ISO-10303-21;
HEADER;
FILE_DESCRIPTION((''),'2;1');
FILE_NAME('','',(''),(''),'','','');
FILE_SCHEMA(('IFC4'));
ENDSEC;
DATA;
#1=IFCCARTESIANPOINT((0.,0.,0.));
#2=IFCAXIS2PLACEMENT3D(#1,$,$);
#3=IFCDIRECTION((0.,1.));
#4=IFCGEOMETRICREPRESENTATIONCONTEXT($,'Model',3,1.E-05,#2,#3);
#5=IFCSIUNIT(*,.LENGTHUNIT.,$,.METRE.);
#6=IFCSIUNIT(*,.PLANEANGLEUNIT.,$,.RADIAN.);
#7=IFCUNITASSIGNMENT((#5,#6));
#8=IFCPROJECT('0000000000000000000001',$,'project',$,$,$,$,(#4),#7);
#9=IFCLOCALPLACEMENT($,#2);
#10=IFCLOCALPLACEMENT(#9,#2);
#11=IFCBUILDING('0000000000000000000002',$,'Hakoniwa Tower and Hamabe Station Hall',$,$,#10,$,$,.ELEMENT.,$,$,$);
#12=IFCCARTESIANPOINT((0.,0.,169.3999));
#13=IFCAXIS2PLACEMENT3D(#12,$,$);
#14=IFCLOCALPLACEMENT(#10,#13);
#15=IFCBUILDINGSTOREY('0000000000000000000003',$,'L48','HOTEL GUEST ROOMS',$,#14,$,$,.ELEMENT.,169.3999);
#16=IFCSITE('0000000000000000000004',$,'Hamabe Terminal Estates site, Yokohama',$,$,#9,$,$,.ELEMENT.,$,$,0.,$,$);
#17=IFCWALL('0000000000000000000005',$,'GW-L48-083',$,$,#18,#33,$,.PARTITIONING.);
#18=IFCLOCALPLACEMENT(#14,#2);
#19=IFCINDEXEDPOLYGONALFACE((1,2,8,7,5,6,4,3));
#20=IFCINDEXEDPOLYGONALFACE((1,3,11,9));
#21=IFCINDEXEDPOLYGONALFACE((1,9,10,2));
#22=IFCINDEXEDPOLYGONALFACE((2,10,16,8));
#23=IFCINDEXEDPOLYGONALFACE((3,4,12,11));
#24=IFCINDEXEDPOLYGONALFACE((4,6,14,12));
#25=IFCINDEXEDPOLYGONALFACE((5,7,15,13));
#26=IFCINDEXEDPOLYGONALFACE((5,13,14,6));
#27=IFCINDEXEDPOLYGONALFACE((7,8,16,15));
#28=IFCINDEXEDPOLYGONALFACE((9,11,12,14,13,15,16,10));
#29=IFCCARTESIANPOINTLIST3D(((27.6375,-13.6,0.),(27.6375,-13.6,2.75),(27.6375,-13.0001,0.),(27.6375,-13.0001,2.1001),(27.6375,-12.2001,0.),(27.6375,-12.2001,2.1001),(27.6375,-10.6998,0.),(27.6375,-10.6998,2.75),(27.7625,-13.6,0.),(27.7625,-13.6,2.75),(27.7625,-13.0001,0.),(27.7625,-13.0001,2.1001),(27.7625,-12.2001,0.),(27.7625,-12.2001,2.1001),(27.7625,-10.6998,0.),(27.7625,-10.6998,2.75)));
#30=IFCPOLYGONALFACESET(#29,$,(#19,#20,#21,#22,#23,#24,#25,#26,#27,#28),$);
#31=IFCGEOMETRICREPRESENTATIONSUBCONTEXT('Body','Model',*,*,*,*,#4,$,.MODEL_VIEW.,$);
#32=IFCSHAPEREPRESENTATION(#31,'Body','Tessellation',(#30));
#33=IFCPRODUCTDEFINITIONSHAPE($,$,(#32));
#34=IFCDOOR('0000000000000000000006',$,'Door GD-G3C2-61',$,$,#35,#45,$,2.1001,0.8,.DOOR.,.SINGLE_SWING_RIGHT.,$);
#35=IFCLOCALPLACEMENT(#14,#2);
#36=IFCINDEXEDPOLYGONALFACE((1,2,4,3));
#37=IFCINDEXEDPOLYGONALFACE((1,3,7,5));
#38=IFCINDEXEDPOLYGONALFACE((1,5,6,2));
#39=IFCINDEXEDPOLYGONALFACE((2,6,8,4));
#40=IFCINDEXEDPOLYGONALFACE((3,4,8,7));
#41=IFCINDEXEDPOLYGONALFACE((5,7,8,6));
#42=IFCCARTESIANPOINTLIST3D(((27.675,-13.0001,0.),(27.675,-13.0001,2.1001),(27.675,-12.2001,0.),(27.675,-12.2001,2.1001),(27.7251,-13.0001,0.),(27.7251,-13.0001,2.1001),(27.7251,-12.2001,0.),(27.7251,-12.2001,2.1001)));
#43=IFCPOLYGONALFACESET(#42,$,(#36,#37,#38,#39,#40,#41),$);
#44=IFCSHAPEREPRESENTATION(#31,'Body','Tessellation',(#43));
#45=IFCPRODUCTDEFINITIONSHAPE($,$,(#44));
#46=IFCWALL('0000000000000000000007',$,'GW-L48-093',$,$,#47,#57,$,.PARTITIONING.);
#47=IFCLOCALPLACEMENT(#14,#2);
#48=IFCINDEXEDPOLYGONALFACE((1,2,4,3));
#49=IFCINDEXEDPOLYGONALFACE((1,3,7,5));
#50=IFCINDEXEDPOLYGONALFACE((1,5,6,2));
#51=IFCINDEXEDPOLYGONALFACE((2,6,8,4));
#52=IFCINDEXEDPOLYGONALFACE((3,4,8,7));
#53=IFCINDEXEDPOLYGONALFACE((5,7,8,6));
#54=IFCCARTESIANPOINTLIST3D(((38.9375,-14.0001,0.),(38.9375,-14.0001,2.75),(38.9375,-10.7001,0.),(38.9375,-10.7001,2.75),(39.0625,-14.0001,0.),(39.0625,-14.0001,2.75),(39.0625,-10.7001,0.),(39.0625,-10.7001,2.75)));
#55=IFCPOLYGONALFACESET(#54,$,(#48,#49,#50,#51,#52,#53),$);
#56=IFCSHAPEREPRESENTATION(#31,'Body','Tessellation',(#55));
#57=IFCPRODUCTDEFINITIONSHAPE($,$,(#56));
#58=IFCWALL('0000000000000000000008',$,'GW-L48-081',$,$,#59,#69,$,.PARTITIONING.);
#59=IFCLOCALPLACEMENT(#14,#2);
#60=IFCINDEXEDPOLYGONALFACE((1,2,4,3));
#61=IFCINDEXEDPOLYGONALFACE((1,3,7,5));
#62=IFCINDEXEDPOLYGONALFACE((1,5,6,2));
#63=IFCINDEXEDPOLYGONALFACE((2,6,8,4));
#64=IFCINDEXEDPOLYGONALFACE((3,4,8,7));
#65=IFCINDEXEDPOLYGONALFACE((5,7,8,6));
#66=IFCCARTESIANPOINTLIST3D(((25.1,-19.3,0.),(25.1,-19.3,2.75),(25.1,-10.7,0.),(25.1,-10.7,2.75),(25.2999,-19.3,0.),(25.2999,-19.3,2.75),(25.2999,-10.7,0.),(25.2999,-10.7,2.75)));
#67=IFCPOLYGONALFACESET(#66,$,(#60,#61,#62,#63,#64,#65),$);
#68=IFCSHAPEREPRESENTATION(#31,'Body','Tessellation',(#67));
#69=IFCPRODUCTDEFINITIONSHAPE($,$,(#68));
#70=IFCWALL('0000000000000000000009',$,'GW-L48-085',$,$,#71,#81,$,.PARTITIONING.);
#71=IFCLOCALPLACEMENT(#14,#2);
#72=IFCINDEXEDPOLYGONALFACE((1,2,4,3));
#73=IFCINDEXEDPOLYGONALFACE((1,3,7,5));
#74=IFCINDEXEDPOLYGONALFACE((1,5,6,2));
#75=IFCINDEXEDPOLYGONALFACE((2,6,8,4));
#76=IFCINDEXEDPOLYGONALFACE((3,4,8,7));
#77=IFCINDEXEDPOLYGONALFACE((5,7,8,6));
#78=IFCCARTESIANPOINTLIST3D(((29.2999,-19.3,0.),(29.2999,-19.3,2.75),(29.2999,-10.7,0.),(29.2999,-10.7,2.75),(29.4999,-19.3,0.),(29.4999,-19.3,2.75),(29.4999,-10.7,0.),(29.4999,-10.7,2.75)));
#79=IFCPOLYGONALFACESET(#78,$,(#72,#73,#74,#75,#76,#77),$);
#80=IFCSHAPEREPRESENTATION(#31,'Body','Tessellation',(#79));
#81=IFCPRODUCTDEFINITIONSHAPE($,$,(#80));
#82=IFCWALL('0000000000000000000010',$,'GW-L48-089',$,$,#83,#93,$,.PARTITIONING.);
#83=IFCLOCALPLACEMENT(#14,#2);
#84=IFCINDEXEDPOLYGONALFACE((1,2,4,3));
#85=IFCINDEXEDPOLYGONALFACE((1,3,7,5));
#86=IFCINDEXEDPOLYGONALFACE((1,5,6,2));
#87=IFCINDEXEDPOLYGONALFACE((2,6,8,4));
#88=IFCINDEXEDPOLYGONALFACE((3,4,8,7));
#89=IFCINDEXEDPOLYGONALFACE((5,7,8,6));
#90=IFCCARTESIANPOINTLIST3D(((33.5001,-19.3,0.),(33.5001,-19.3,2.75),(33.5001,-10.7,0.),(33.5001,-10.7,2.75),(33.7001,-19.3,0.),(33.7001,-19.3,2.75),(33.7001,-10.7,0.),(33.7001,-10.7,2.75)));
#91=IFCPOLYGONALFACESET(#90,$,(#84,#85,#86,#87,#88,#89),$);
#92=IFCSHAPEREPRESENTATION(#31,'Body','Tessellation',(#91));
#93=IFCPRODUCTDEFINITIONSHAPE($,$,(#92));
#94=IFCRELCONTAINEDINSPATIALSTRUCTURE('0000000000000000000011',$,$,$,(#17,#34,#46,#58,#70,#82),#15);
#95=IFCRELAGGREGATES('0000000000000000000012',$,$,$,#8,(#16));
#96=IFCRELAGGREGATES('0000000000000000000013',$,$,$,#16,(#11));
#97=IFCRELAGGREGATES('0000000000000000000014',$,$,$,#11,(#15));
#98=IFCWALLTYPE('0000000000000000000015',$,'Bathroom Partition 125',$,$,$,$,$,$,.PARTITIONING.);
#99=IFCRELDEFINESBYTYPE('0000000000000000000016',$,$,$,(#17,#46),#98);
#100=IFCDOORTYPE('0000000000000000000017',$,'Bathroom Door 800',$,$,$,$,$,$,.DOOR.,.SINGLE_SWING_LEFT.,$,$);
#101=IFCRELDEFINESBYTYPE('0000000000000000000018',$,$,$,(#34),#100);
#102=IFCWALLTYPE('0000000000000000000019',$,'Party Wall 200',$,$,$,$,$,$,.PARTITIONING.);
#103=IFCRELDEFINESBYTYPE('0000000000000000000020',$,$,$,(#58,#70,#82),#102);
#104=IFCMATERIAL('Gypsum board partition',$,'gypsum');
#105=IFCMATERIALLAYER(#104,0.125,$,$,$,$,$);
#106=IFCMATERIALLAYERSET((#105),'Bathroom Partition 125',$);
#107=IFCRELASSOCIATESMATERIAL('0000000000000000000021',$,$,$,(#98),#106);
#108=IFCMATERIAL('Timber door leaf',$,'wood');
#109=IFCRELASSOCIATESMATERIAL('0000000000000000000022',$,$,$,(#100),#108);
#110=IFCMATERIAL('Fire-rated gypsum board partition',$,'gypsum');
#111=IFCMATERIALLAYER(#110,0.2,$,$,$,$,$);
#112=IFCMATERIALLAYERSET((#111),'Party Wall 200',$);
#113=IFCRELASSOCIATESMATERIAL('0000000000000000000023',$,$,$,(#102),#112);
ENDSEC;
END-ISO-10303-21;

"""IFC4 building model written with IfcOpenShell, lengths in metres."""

from ifc_helpers import new_model, si_unit, direction, frame, frame_2d, origin, place, context, subcontext, project, spatial, rectangle, extrude, material, layer, layer_set, type_object, element, fill, save


model = new_model("IFC4")

# Units and contexts
model_context = context("Model", 3, precision=1e-05, world=origin(), true_north=direction((0.0, 1.0)))
body_context = subcontext(model_context, "Body", "Model", "MODEL_VIEW")
ifc_project = project(units=[si_unit("LENGTHUNIT", "METRE"), si_unit("PLANEANGLEUNIT", "RADIAN")], contexts=[model_context])

# Site, building, storey
site_placement = place(None, origin())
site = spatial("IfcSite", under=ifc_project, at=site_placement, Name="Hamabe Terminal Estates site, Yokohama", CompositionType="ELEMENT", RefElevation=0.0)
building_placement = place(site_placement, origin())
building = spatial("IfcBuilding", under=site, at=building_placement, Name="Hakoniwa Tower and Hamabe Station Hall", CompositionType="ELEMENT")
storey_placement = place(building_placement, frame((0.0, 0.0, 169.3999)))
storey = spatial("IfcBuildingStorey", under=building, at=storey_placement, Name="L48", Description="HOTEL GUEST ROOMS", CompositionType="ELEMENT", Elevation=169.3999)

# Shared definitions
ifc_material_1 = material(Name="Gypsum board partition", Category="gypsum")
ifc_layer_1 = layer(ifc_material_1, 0.125)
ifc_layer_set_1 = layer_set([ifc_layer_1], Name="Bathroom Partition 125")
wall_type_1 = type_object("IfcWallType", Name="Bathroom Partition 125", PredefinedType="PARTITIONING", material=ifc_layer_set_1)
ifc_material_2 = material(Name="Timber door leaf", Category="wood")
door_type = type_object("IfcDoorType", Name="Bathroom Door 800", OperationType="SINGLE_SWING_LEFT", PredefinedType="DOOR", material=ifc_material_2)

# Wall, opening, door
wall_1_placement = place(storey_placement, frame((27.7, -13.6001, 0.0), z_axis=(0.0, 0.0, 1.0), x_axis=(0.0, 1.0, 0.0)))
wall_1 = element("IfcWall", 1, at=wall_1_placement, inside=storey, type_object=wall_type_1, Name="GW-L48-083", PredefinedType="PARTITIONING", context=body_context, shape_type="SweptSolid", body=[
    extrude(rectangle(XDim=2.9001, YDim=0.125, at=frame_2d((1.4502, 0.0))), origin(), (0.0, 0.0, 1.0), 2.75),
])
opening_1_placement = place(wall_1_placement, frame((0.6001, 0.0, 0.0)))
opening_1 = element("IfcOpeningElement", 2, at=opening_1_placement, cuts=wall_1, PredefinedType="OPENING", context=body_context, shape_type="SweptSolid", body=[
    extrude(rectangle(XDim=0.8, YDim=2.1001, at=frame_2d((0.3999, 1.05))), frame((0.0, 0.0725, 0.0), z_axis=(0.0, -1.0, 0.0), x_axis=(1.0, 0.0, 0.0)), (0.0, 0.0, 1.0), 0.145),
])
door_1_placement = place(opening_1_placement, origin())
door_1 = element("IfcDoor", 3, at=door_1_placement, inside=storey, type_object=door_type, Name="Door GD-G3C2-61", OperationType="SINGLE_SWING_RIGHT", OverallHeight=2.1001, OverallWidth=0.8, PredefinedType="DOOR", context=body_context, shape_type="SweptSolid", body=[
    extrude(rectangle(XDim=0.8, YDim=2.1001, at=frame_2d((0.3999, 1.05))), frame((0.0, 0.0249, 0.0), z_axis=(0.0, -1.0, 0.0), x_axis=(1.0, 0.0, 0.0)), (0.0, 0.0, 1.0), 0.05),
])
fill(opening_1, door_1)

# Walls
wall_2_placement = place(storey_placement, frame((39.0, -14.0, 0.0), z_axis=(0.0, 0.0, 1.0), x_axis=(0.0, 1.0, 0.0)))
element("IfcWall", 4, at=wall_2_placement, inside=storey, type_object=wall_type_1, Name="GW-L48-093", PredefinedType="PARTITIONING", context=body_context, shape_type="SweptSolid", body=[
    extrude(rectangle(XDim=3.3, YDim=0.125, at=frame_2d((1.6499, 0.0))), origin(), (0.0, 0.0, 1.0), 2.75),
])
ifc_material_3 = material(Name="Fire-rated gypsum board partition", Category="gypsum")
ifc_layer_2 = layer(ifc_material_3, 0.2)
ifc_layer_set_2 = layer_set([ifc_layer_2], Name="Party Wall 200")
wall_type_2 = type_object("IfcWallType", Name="Party Wall 200", PredefinedType="PARTITIONING", material=ifc_layer_set_2)
for number, where, z_axis, x_axis, name in (
    (5, (25.2, -19.3, 0.0), (0.0, 0.0, 1.0), (0.0, 1.0, 0.0), "GW-L48-081"),
    (6, (29.3999, -19.3, 0.0), (0.0, 0.0, 1.0), (0.0, 1.0, 0.0), "GW-L48-085"),
    (7, (33.6001, -19.3, 0.0), (0.0, 0.0, 1.0), (0.0, 1.0, 0.0), "GW-L48-089"),
):
    element("IfcWall", number, at=place(storey_placement, frame(where, z_axis=z_axis, x_axis=x_axis)), inside=storey, type_object=wall_type_2, Name=name, PredefinedType="PARTITIONING", context=body_context, shape_type="SweptSolid", body=[
        extrude(rectangle(XDim=8.6001, YDim=0.2, at=frame_2d((4.3, 0.0))), origin(), (0.0, 0.0, 1.0), 2.75),
    ])

save(model, "model.ifc")
